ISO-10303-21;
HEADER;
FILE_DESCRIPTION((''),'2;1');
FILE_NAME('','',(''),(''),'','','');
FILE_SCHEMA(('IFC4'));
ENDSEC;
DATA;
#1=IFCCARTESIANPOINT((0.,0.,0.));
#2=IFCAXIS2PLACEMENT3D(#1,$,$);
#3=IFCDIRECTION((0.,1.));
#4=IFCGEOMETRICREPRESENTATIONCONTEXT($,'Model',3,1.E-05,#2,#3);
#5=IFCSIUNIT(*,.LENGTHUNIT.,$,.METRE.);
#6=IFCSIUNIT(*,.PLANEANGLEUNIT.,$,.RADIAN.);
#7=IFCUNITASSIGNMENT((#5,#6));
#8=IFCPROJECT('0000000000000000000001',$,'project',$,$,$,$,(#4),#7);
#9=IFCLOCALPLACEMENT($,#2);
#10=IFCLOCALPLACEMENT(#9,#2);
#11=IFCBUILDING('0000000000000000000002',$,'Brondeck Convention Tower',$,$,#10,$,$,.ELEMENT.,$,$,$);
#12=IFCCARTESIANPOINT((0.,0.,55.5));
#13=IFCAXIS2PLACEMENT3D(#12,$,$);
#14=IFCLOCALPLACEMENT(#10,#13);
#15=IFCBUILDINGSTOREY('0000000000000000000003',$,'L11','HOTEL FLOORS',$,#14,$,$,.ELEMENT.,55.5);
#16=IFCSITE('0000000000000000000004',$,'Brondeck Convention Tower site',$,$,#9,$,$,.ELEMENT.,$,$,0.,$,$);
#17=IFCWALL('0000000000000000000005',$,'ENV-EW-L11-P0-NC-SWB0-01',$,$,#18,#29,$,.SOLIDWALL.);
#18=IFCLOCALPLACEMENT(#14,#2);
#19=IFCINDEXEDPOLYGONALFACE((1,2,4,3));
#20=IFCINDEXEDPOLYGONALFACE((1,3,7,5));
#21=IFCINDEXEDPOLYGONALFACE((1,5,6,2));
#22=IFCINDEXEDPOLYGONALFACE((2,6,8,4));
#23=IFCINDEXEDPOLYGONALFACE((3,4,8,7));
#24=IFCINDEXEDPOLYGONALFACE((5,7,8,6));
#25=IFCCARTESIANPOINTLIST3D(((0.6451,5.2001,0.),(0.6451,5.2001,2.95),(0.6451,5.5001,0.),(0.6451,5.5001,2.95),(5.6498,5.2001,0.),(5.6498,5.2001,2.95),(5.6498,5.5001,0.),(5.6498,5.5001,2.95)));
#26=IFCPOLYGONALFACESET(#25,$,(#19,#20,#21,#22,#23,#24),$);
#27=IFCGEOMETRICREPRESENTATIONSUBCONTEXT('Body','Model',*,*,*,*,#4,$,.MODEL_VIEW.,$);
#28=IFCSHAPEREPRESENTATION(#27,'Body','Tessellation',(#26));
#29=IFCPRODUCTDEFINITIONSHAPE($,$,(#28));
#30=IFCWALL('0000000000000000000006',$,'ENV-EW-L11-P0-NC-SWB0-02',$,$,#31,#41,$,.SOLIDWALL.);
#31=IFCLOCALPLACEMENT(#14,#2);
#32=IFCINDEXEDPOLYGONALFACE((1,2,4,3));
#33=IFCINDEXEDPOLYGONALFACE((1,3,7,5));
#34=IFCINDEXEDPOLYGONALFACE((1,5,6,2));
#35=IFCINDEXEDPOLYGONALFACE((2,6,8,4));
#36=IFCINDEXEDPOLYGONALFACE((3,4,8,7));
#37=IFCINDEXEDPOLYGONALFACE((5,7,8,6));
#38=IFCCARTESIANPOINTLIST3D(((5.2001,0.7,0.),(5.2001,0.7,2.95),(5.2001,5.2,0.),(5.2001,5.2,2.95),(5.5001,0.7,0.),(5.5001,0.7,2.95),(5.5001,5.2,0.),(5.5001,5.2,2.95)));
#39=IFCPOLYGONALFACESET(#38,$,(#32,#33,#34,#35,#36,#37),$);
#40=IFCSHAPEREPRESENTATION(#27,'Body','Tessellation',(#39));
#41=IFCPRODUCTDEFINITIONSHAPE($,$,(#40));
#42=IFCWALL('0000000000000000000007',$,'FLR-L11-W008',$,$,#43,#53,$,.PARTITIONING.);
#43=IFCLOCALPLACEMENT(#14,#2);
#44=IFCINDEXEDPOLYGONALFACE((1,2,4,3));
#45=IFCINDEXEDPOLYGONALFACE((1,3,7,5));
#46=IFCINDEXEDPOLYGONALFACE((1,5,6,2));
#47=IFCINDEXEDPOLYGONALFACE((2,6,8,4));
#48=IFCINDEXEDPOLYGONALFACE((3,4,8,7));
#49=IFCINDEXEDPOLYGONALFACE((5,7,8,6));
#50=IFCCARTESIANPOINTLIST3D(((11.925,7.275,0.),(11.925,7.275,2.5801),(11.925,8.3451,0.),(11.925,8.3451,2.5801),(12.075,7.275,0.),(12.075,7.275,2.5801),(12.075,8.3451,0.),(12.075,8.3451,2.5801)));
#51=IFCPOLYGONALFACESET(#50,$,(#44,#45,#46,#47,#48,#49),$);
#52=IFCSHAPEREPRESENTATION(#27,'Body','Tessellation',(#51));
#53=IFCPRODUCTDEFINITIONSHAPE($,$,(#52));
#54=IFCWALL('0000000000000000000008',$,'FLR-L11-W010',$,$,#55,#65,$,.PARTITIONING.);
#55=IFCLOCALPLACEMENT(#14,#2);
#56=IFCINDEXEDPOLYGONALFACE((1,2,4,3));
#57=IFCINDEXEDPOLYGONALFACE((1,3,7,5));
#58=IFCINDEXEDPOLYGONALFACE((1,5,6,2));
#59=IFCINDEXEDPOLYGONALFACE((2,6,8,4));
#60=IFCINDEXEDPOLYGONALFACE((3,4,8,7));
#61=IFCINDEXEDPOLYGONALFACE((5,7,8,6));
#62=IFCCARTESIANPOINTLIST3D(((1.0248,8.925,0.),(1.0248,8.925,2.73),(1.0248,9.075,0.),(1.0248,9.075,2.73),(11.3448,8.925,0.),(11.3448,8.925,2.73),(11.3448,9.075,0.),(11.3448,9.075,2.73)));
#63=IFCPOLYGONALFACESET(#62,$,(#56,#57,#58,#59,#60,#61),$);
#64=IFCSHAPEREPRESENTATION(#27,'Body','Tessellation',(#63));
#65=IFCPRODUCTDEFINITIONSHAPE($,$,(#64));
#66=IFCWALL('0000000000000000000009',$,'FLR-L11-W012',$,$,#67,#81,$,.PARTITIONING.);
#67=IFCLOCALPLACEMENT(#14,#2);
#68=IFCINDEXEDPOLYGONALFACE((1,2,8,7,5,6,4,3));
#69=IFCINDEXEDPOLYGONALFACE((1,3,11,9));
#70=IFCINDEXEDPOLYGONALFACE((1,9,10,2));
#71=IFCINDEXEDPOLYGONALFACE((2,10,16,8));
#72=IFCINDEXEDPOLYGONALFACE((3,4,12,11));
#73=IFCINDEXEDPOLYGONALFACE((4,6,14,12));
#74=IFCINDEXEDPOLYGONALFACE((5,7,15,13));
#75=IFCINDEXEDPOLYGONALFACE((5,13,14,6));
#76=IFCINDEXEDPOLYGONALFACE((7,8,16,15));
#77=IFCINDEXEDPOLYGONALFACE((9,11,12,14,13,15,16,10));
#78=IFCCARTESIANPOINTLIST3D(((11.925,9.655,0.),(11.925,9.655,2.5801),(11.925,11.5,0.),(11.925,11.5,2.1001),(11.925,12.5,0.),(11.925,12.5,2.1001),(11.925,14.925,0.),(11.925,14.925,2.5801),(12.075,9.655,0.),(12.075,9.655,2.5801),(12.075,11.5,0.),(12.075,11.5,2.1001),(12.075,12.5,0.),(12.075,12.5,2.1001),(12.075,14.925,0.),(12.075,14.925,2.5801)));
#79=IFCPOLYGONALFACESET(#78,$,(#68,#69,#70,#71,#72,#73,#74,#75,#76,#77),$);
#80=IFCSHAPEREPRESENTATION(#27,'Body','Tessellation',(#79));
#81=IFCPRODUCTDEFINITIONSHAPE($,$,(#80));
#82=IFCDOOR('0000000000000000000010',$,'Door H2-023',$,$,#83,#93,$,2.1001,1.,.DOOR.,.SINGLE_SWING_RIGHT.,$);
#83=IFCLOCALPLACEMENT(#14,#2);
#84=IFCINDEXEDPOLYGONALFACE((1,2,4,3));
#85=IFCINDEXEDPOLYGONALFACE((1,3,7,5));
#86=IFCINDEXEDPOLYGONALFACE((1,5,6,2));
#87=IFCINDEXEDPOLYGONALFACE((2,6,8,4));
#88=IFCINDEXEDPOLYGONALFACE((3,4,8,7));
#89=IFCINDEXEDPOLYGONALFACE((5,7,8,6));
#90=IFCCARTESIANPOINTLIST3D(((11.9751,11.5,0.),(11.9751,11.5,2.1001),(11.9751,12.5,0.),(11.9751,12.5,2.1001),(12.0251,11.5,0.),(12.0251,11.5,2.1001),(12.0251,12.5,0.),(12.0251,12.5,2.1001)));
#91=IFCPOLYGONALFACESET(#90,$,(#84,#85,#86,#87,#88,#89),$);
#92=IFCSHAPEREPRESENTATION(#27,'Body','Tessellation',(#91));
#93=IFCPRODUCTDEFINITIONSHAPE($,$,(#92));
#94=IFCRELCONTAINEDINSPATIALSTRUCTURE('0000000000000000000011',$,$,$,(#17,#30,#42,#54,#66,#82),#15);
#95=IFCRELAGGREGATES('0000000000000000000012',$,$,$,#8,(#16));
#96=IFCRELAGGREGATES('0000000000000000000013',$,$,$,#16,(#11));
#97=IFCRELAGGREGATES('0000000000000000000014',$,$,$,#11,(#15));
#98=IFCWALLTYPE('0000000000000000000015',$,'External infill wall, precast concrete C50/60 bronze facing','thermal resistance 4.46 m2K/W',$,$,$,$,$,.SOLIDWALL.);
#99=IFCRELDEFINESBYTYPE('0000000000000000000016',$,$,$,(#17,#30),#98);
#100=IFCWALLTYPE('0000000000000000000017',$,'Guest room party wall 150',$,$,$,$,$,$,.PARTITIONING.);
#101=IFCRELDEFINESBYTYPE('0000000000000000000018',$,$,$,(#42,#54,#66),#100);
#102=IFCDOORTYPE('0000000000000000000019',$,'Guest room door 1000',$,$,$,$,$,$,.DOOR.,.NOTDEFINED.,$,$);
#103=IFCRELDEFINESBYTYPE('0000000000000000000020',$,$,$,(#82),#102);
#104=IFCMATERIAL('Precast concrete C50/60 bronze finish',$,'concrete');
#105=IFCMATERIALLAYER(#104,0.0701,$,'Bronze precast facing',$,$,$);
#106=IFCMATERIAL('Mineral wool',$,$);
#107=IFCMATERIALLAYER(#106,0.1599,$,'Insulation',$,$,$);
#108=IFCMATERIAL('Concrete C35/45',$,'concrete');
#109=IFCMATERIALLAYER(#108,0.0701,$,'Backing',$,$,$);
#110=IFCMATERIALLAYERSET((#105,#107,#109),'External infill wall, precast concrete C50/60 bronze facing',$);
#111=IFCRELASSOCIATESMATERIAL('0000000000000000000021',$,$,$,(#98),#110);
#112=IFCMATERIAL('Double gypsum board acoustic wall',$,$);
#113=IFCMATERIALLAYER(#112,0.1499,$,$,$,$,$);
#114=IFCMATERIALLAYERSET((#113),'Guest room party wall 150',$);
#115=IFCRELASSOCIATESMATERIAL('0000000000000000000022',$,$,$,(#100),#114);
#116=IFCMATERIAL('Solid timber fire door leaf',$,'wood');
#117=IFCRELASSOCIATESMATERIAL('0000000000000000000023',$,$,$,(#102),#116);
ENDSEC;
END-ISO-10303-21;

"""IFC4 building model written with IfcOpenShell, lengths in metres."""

from ifc_helpers import new_model, si_unit, direction, frame, frame_2d, origin, place, context, subcontext, project, spatial, rectangle, extrude, material, layer, layer_set, type_object, element, fill, save


model = new_model("IFC4")

# Units and contexts
model_context = context("Model", 3, precision=1e-05, world=origin(), true_north=direction((0.0, 1.0)))
body_context = subcontext(model_context, "Body", "Model", "MODEL_VIEW")
ifc_project = project(units=[si_unit("LENGTHUNIT", "METRE"), si_unit("PLANEANGLEUNIT", "RADIAN")], contexts=[model_context])

# Site, building, storey
site_placement = place(None, origin())
site = spatial("IfcSite", under=ifc_project, at=site_placement, Name="Brondeck Convention Tower site", CompositionType="ELEMENT", RefElevation=0.0)
building_placement = place(site_placement, origin())
building = spatial("IfcBuilding", under=site, at=building_placement, Name="Brondeck Convention Tower", CompositionType="ELEMENT")
storey_placement = place(building_placement, frame((0.0, 0.0, 55.5)))
storey = spatial("IfcBuildingStorey", under=building, at=storey_placement, Name="L11", Description="HOTEL FLOORS", CompositionType="ELEMENT", Elevation=55.5)

# Shared definitions
ifc_material_1 = material(Name="Concrete C35/45", Category="concrete")

# Shared definitions
ifc_material_2 = material(Name="Precast concrete C50/60 bronze finish", Category="concrete")
ifc_layer_1 = layer(ifc_material_2, 0.0701, Name="Bronze precast facing")
ifc_material_3 = material(Name="Mineral wool")
ifc_layer_2 = layer(ifc_material_3, 0.1599, Name="Insulation")
ifc_layer_3 = layer(ifc_material_1, 0.0701, Name="Backing")
ifc_layer_set_1 = layer_set([ifc_layer_1, ifc_layer_2, ifc_layer_3], Name="External infill wall, precast concrete C50/60 bronze facing")
wall_type_1 = type_object("IfcWallType", Name="External infill wall, precast concrete C50/60 bronze facing", Description="thermal resistance 4.46 m2K/W", PredefinedType="SOLIDWALL", material=ifc_layer_set_1)

# Walls
wall_1_placement = place(storey_placement, frame((5.6499, 5.3501, 0.0), z_axis=(0.0, 0.0, 1.0), x_axis=(-1.0, 0.0, 0.0)))
element("IfcWall", 1, at=wall_1_placement, inside=storey, type_object=wall_type_1, Name="ENV-EW-L11-P0-NC-SWB0-01", PredefinedType="SOLIDWALL", context=body_context, shape_type="SweptSolid", body=[
    extrude(rectangle(XDim=5.0046, YDim=0.3, at=frame_2d((2.5024, 0.0))), origin(), (0.0, 0.0, 1.0), 2.95),
])
wall_2_placement = place(storey_placement, frame((5.3501, 0.7, 0.0), z_axis=(0.0, 0.0, 1.0), x_axis=(0.0, 1.0, 0.0)))
element("IfcWall", 2, at=wall_2_placement, inside=storey, type_object=wall_type_1, Name="ENV-EW-L11-P0-NC-SWB0-02", PredefinedType="SOLIDWALL", context=body_context, shape_type="SweptSolid", body=[
    extrude(rectangle(XDim=4.5, YDim=0.3, at=frame_2d((2.25, 0.0))), origin(), (0.0, 0.0, 1.0), 2.95),
])
ifc_material_4 = material(Name="Double gypsum board acoustic wall")
ifc_layer_4 = layer(ifc_material_4, 0.1499)
ifc_layer_set_2 = layer_set([ifc_layer_4], Name="Guest room party wall 150")
wall_type_2 = type_object("IfcWallType", Name="Guest room party wall 150", PredefinedType="PARTITIONING", material=ifc_layer_set_2)
wall_3_placement = place(storey_placement, frame((12.0, 7.2749, 0.0), z_axis=(0.0, 0.0, 1.0), x_axis=(0.0, 1.0, 0.0)))
element("IfcWall", 3, at=wall_3_placement, inside=storey, type_object=wall_type_2, Name="FLR-L11-W008", PredefinedType="PARTITIONING", context=body_context, shape_type="SweptSolid", body=[
    extrude(rectangle(XDim=1.0701, YDim=0.1499, at=frame_2d((0.5352, 0.0))), origin(), (0.0, 0.0, 1.0), 2.5801),
])
wall_4_placement = place(storey_placement, frame((11.345, 9.0, 0.0), z_axis=(0.0, 0.0, 1.0), x_axis=(-1.0, 0.0, 0.0)))
element("IfcWall", 4, at=wall_4_placement, inside=storey, type_object=wall_type_2, Name="FLR-L11-W010", PredefinedType="PARTITIONING", context=body_context, shape_type="SweptSolid", body=[
    extrude(rectangle(XDim=10.3201, YDim=0.1499, at=frame_2d((5.1602, 0.0))), origin(), (0.0, 0.0, 1.0), 2.73),
])

# Wall, opening, door
wall_5_placement = place(storey_placement, frame((12.0, 9.655, 0.0), z_axis=(0.0, 0.0, 1.0), x_axis=(0.0, 1.0, 0.0)))
wall_5 = element("IfcWall", 5, at=wall_5_placement, inside=storey, type_object=wall_type_2, Name="FLR-L11-W012", PredefinedType="PARTITIONING", context=body_context, shape_type="SweptSolid", body=[
    extrude(rectangle(XDim=5.27, YDim=0.1499, at=frame_2d((2.635, 0.0))), origin(), (0.0, 0.0, 1.0), 2.5801),
])
opening_1_placement = place(wall_5_placement, frame((1.845, 0.0, 0.0)))
opening_1 = element("IfcOpeningElement", 6, at=opening_1_placement, cuts=wall_5, PredefinedType="OPENING", context=body_context, shape_type="SweptSolid", body=[
    extrude(rectangle(XDim=1.0, YDim=2.1001, at=frame_2d((0.5, 1.05))), frame((0.0, 0.085, 0.0), z_axis=(0.0, -1.0, 0.0), x_axis=(1.0, 0.0, 0.0)), (0.0, 0.0, 1.0), 0.1699),
])
ifc_material_5 = material(Name="Solid timber fire door leaf", Category="wood")
door_type = type_object("IfcDoorType", Name="Guest room door 1000", OperationType="NOTDEFINED", PredefinedType="DOOR", material=ifc_material_5)
door_placement = place(opening_1_placement, origin())
door = element("IfcDoor", 7, at=door_placement, inside=storey, type_object=door_type, Name="Door H2-023", OperationType="SINGLE_SWING_RIGHT", OverallHeight=2.1001, OverallWidth=1.0, PredefinedType="DOOR", context=body_context, shape_type="SweptSolid", body=[
    extrude(rectangle(XDim=1.0, YDim=2.1001, at=frame_2d((0.5, 1.05))), frame((0.0, 0.0249, 0.0), z_axis=(0.0, -1.0, 0.0), x_axis=(1.0, 0.0, 0.0)), (0.0, 0.0, 1.0), 0.05),
])
fill(opening_1, door)

save(model, "model.ifc")
